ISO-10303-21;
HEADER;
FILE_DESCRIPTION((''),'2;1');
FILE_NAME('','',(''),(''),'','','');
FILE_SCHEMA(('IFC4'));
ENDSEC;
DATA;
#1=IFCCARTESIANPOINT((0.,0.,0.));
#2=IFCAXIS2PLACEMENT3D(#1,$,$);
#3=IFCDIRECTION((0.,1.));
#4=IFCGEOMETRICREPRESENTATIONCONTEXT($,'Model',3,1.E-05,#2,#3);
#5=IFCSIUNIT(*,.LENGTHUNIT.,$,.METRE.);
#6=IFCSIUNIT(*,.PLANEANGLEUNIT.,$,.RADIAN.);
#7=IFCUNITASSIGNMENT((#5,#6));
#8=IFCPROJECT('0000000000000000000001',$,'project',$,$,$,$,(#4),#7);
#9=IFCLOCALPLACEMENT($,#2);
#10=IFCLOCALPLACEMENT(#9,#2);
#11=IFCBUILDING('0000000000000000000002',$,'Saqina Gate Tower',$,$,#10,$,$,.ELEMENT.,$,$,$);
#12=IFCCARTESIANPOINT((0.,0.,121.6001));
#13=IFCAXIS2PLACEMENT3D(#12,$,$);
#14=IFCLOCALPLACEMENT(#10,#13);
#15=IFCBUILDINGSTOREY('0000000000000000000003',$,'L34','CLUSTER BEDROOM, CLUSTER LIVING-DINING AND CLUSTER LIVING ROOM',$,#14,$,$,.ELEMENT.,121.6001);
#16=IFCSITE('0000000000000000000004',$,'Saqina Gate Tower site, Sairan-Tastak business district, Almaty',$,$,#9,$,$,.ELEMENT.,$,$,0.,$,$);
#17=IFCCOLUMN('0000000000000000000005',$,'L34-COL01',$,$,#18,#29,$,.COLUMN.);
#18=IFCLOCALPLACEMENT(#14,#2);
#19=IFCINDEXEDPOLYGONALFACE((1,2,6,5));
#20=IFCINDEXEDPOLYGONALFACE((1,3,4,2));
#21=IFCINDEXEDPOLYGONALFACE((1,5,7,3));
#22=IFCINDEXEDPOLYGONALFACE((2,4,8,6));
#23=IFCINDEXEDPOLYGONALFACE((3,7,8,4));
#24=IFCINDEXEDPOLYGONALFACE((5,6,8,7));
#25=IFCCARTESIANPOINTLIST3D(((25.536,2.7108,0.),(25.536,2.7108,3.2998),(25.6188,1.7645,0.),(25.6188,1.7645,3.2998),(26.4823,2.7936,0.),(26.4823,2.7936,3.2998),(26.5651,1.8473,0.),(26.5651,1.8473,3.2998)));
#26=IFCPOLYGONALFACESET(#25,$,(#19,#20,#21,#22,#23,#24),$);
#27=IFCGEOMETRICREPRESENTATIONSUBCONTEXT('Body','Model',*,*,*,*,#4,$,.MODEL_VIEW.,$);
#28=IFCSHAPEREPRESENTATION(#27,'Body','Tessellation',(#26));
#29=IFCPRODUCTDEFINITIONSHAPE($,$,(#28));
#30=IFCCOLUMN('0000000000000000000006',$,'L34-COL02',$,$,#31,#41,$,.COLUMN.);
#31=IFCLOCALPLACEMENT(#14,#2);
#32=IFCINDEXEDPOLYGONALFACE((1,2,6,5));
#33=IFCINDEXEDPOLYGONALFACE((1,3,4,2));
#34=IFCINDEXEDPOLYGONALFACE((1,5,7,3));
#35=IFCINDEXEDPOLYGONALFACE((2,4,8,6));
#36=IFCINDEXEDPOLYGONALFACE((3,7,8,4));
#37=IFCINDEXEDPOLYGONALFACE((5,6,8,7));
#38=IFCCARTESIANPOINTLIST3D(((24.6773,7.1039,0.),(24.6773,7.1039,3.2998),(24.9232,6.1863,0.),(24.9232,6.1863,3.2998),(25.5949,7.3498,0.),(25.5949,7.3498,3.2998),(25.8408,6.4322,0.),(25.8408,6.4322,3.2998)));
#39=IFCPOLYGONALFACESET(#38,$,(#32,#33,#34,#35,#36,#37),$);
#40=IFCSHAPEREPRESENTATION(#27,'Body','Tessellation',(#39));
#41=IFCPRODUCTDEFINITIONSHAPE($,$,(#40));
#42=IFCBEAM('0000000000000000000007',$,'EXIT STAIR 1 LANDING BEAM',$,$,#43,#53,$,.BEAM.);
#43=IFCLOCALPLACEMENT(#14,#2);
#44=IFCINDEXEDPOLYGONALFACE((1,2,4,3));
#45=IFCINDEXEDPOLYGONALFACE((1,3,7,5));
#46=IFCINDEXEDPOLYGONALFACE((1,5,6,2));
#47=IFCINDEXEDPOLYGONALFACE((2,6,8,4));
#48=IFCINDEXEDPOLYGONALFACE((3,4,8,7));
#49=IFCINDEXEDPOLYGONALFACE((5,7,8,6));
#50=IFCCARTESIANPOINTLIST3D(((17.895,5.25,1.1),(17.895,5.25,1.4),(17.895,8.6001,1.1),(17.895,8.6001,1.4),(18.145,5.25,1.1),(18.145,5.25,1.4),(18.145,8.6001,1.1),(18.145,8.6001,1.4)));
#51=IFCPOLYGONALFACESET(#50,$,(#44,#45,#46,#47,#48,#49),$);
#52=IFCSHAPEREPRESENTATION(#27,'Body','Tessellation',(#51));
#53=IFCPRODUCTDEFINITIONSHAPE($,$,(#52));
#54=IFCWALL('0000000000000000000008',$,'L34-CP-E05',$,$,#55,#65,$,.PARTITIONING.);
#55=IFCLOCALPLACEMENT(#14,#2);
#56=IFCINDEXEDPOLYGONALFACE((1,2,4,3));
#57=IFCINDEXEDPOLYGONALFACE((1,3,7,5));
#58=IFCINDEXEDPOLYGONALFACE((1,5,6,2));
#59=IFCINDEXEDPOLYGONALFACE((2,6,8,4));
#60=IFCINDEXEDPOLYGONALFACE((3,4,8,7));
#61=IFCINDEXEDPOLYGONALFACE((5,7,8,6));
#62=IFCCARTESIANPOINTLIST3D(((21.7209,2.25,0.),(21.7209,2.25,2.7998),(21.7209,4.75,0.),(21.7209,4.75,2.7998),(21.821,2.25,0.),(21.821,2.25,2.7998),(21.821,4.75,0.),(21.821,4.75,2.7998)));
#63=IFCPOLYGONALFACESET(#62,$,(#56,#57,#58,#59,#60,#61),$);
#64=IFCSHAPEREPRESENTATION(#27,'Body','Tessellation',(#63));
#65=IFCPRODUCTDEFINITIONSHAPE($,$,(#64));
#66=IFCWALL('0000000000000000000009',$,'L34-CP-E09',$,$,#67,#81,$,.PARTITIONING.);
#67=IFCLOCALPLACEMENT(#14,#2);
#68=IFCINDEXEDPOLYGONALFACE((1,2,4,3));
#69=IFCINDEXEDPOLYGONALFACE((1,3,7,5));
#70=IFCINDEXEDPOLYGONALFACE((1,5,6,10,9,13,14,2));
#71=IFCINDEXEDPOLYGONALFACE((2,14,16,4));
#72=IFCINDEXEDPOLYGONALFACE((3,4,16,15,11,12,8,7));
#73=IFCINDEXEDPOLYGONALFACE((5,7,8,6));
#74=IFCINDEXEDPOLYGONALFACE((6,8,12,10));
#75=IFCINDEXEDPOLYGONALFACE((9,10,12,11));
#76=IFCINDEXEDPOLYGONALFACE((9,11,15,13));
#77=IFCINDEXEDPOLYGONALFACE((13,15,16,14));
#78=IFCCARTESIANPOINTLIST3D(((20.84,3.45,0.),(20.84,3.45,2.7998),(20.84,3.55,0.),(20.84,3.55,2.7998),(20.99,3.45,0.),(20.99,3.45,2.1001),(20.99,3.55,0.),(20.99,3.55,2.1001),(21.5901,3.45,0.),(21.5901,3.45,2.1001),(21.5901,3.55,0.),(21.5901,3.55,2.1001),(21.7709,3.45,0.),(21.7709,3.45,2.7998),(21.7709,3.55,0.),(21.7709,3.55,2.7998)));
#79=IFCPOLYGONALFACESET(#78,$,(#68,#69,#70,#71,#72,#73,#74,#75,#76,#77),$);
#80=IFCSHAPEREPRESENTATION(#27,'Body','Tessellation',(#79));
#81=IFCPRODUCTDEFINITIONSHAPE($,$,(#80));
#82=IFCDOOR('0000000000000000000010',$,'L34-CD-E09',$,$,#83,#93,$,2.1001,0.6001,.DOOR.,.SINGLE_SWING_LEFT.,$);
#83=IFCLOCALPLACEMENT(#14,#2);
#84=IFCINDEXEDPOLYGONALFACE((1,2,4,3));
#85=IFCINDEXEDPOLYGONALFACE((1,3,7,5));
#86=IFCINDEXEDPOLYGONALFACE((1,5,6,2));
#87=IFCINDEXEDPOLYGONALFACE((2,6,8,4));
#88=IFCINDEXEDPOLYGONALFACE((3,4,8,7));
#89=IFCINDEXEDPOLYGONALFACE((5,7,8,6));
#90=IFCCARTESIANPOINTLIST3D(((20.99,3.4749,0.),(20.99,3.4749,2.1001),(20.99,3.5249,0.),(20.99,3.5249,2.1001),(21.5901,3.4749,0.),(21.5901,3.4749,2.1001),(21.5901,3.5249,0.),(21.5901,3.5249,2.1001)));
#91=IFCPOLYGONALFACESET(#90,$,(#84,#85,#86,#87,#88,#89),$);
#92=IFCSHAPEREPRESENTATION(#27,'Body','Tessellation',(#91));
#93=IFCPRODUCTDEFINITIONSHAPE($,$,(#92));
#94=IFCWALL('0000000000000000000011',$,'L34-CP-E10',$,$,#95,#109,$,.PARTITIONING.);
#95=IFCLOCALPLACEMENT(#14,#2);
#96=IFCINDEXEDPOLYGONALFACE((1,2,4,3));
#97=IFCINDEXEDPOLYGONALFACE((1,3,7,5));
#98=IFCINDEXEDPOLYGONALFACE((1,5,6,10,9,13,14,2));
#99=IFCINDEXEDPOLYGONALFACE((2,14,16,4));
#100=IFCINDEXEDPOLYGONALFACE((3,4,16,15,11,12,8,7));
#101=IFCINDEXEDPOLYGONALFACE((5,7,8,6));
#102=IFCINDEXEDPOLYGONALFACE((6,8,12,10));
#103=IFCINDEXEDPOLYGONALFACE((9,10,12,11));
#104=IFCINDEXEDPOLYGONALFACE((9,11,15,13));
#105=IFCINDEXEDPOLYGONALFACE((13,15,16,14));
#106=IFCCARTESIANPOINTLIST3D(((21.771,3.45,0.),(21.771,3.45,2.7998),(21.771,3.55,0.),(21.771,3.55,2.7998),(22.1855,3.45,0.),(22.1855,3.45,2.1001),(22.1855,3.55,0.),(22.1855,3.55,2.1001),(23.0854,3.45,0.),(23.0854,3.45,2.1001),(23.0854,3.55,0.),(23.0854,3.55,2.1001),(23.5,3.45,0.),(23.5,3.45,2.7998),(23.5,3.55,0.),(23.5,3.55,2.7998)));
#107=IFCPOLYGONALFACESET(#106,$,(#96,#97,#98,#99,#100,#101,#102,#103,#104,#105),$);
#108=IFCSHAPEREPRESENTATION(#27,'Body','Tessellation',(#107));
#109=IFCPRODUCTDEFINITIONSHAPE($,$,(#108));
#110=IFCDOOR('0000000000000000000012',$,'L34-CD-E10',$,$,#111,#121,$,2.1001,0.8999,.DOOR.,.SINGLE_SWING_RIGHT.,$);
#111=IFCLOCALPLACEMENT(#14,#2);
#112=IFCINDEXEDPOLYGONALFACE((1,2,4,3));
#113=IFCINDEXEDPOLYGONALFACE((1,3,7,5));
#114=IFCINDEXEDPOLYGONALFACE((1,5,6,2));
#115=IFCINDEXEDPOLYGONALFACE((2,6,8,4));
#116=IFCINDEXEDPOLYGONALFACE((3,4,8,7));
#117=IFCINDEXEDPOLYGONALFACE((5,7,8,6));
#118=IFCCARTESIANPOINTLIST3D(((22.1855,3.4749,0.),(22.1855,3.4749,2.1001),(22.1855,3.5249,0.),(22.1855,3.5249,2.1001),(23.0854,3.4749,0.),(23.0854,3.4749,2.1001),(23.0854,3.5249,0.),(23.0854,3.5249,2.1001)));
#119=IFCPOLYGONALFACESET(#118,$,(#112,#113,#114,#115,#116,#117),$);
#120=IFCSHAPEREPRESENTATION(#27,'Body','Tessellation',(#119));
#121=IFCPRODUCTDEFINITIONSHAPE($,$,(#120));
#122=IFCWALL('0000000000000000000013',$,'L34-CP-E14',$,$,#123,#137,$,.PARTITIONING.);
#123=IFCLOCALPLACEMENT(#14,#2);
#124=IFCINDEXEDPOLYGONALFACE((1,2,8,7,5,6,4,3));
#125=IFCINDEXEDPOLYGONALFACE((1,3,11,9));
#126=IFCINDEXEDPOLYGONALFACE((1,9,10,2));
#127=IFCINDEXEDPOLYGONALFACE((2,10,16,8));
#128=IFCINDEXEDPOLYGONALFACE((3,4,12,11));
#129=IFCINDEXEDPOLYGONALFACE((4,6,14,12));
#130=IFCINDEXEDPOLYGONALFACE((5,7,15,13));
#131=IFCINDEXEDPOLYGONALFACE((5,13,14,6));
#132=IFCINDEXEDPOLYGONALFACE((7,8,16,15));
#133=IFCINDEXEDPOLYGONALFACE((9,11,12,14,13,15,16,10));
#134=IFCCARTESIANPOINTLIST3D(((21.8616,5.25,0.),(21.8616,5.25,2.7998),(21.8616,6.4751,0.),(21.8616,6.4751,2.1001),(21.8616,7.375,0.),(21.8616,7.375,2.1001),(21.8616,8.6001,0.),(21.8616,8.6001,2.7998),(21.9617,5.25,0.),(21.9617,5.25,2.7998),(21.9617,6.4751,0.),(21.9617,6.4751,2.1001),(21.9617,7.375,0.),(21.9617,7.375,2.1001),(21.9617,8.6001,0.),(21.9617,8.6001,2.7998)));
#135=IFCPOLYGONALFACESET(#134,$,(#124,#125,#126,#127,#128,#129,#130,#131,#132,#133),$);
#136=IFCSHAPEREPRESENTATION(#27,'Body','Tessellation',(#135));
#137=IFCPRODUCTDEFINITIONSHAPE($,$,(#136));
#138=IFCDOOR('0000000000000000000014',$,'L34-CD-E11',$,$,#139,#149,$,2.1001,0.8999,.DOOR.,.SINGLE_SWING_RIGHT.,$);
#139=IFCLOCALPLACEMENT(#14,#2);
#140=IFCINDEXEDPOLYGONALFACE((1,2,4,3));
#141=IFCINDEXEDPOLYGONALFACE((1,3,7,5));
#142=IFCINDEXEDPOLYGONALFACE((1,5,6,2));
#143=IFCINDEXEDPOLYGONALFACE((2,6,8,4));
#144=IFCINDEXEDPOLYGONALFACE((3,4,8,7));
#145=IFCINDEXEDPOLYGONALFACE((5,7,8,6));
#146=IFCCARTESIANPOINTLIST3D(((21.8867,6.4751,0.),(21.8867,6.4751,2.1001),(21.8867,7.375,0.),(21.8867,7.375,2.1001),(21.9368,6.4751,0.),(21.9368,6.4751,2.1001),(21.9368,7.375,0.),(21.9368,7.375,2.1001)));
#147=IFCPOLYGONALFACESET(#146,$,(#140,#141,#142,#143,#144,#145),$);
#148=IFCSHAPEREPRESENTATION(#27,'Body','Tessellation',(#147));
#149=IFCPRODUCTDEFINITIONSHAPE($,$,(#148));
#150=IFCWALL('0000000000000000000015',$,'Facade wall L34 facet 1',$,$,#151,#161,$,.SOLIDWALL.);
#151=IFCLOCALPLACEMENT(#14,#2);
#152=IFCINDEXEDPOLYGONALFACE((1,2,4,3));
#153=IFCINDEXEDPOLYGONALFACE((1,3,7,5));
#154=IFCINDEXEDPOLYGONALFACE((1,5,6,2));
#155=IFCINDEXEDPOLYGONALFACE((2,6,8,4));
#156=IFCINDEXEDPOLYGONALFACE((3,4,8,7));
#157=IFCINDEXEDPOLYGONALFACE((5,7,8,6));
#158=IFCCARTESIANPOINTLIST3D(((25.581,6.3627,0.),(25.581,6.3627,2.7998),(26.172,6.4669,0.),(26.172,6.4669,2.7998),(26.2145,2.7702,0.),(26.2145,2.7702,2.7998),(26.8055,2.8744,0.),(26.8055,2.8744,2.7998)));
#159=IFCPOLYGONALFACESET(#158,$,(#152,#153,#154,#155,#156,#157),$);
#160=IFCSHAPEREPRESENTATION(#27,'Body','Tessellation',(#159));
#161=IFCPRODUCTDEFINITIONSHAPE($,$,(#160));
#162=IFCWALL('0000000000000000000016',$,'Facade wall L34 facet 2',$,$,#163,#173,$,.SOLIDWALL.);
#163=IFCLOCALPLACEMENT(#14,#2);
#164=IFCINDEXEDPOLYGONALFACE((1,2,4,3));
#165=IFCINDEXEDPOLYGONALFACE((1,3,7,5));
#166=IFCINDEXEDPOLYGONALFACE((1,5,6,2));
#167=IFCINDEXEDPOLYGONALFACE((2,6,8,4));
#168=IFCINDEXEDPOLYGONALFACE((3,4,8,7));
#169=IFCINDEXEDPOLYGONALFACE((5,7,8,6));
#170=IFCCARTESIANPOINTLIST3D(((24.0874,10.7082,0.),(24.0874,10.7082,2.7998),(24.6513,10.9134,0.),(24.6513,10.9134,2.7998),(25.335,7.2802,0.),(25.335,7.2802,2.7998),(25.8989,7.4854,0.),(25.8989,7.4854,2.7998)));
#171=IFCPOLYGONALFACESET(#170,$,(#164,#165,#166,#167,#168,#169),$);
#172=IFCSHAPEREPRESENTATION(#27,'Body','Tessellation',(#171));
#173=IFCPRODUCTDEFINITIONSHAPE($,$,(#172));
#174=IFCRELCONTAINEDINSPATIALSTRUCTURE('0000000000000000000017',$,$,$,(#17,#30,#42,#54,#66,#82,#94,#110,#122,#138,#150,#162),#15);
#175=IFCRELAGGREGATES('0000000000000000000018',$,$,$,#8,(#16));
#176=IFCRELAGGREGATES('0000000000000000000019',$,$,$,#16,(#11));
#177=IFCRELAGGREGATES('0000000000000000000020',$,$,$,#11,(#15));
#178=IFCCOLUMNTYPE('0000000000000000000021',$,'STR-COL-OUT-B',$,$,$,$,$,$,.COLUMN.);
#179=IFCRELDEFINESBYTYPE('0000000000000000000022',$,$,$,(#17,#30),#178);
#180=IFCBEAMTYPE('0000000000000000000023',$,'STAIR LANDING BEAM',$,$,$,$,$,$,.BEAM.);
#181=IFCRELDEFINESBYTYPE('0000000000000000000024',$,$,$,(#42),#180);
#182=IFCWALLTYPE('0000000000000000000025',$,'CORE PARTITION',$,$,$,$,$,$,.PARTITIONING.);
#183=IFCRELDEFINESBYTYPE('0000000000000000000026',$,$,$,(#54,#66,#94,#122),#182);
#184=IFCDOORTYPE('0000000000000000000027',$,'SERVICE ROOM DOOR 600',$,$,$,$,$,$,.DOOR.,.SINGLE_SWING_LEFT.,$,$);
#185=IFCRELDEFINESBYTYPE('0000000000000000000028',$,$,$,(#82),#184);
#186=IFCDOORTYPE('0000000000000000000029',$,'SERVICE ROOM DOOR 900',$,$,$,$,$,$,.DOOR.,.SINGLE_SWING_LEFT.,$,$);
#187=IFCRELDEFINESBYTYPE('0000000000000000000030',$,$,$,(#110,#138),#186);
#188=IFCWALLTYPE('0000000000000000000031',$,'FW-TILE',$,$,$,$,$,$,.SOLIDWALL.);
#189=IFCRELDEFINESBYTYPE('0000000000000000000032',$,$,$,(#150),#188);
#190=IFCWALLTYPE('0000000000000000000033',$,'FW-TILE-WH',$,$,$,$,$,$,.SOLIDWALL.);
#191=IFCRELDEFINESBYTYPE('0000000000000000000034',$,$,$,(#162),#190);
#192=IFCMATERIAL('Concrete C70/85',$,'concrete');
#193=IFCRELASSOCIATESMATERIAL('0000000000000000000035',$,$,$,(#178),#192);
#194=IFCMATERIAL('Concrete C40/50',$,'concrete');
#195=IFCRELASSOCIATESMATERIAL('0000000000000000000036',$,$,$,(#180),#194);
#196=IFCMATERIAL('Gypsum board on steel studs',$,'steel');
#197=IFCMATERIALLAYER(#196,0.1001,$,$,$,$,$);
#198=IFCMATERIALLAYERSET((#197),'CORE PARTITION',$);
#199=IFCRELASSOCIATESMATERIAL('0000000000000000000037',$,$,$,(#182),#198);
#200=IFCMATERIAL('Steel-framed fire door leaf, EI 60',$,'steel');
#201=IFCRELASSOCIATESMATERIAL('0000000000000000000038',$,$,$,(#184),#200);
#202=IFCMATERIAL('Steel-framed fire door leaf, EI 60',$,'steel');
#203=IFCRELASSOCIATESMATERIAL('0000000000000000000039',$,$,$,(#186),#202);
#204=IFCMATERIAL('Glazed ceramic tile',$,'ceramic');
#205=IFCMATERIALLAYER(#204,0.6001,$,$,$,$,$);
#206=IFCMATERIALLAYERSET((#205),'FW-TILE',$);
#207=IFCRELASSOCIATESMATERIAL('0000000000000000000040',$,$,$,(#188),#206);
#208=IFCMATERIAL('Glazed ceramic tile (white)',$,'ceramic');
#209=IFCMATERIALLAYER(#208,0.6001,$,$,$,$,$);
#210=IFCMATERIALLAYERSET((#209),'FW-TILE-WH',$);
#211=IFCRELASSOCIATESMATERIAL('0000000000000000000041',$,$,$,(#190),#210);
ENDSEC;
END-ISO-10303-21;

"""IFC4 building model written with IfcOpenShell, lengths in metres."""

from ifc_helpers import new_model, si_unit, direction, frame, frame_2d, origin, origin_2d, place, context, subcontext, project, spatial, rectangle, extrude, material, layer, layer_set, material_profile, profile_set, type_object, element, fill, save


model = new_model("IFC4")

# Units and contexts
model_context = context("Model", 3, precision=1e-05, world=origin(), true_north=direction((0.0, 1.0)))
body_context = subcontext(model_context, "Body", "Model", "MODEL_VIEW")
ifc_project = project(units=[si_unit("LENGTHUNIT", "METRE"), si_unit("PLANEANGLEUNIT", "RADIAN")], contexts=[model_context])

# Site, building, storey
site_placement = place(None, origin())
site = spatial("IfcSite", under=ifc_project, at=site_placement, Name="Saqina Gate Tower site, Sairan-Tastak business district, Almaty", CompositionType="ELEMENT", RefElevation=0.0)
building_placement = place(site_placement, origin())
building = spatial("IfcBuilding", under=site, at=building_placement, Name="Saqina Gate Tower", CompositionType="ELEMENT")
storey_placement = place(building_placement, frame((0.0, 0.0, 121.6001)))
storey = spatial("IfcBuildingStorey", under=building, at=storey_placement, Name="L34", Description="CLUSTER BEDROOM, CLUSTER LIVING-DINING AND CLUSTER LIVING ROOM", CompositionType="ELEMENT", Elevation=121.6001)

# Columns
ifc_material_1 = material(Name="Concrete C70/85", Category="concrete")
ifc_material_profile_1 = material_profile(ifc_material_1, rectangle(XDim=0.95, YDim=0.95, at=origin_2d()), Name="RC 950x950")
ifc_profile_set_1 = profile_set([ifc_material_profile_1], Name="Concrete C70/85")
column_type = type_object("IfcColumnType", Name="STR-COL-OUT-B", PredefinedType="COLUMN", material=ifc_profile_set_1)
for number, where, z_axis, x_axis, name in (
    (1, (26.0505, 2.2791, 0.0), (0.0, 0.0, 1.0), (0.996195, 0.087156, 0.0), "L34-COL01"),
    (2, (25.259, 6.7681, 0.0), (0.0, 0.0, 1.0), (0.965926, 0.258819, 0.0), "L34-COL02"),
):
    element("IfcColumn", number, at=place(storey_placement, frame(where, z_axis=z_axis, x_axis=x_axis)), inside=storey, type_object=column_type, Name=name, PredefinedType="COLUMN", context=body_context, shape_type="SweptSolid", body=[
        extrude(rectangle(XDim=0.95, YDim=0.95, at=origin_2d()), origin(), (0.0, 0.0, 1.0), 3.2998),
    ])

# Beam
ifc_material_2 = material(Name="Concrete C40/50", Category="concrete")
ifc_material_profile_2 = material_profile(ifc_material_2, rectangle(XDim=0.25, YDim=0.3, at=origin_2d()), Name="STAIR LANDING BEAM")
ifc_profile_set_2 = profile_set([ifc_material_profile_2], Name="Concrete C40/50")
beam_type = type_object("IfcBeamType", Name="STAIR LANDING BEAM", PredefinedType="BEAM", material=ifc_profile_set_2)
beam_placement = place(storey_placement, frame((18.02, 5.25, 1.25), z_axis=(0.0, 1.0, 0.0), x_axis=(-1.0, 0.0, 0.0)))
element("IfcBeam", 3, at=beam_placement, inside=storey, type_object=beam_type, Name="EXIT STAIR 1 LANDING BEAM", PredefinedType="BEAM", context=body_context, shape_type="SweptSolid", body=[
    extrude(rectangle(XDim=0.25, YDim=0.3, at=origin_2d()), origin(), (0.0, 0.0, 1.0), 3.3501),
])

# Wall
ifc_material_3 = material(Name="Gypsum board on steel studs", Category="steel")
ifc_layer_1 = layer(ifc_material_3, 0.1001)
ifc_layer_set_1 = layer_set([ifc_layer_1], Name="CORE PARTITION")
wall_type_1 = type_object("IfcWallType", Name="CORE PARTITION", PredefinedType="PARTITIONING", material=ifc_layer_set_1)
wall_1_placement = place(storey_placement, frame((21.771, 2.25, 0.0), z_axis=(0.0, 0.0, 1.0), x_axis=(0.0, 1.0, 0.0)))
element("IfcWall", 4, at=wall_1_placement, inside=storey, type_object=wall_type_1, Name="L34-CP-E05", PredefinedType="PARTITIONING", context=body_context, shape_type="SweptSolid", body=[
    extrude(rectangle(XDim=2.5, YDim=0.1001, at=frame_2d((1.25, 0.0))), origin(), (0.0, 0.0, 1.0), 2.7998),
])

# Walls, openings, doors
wall_2_placement = place(storey_placement, frame((20.8401, 3.5, 0.0), z_axis=(0.0, 0.0, 1.0), x_axis=(1.0, 0.0, 0.0)))
wall_2 = element("IfcWall", 5, at=wall_2_placement, inside=storey, type_object=wall_type_1, Name="L34-CP-E09", PredefinedType="PARTITIONING", context=body_context, shape_type="SweptSolid", body=[
    extrude(rectangle(XDim=0.9309, YDim=0.1001, at=frame_2d((0.4653, 0.0))), origin(), (0.0, 0.0, 1.0), 2.7998),
])
opening_1_placement = place(wall_2_placement, frame((0.1499, 0.0, 0.0)))
opening_1 = element("IfcOpeningElement", 6, at=opening_1_placement, cuts=wall_2, PredefinedType="OPENING", context=body_context, shape_type="SweptSolid", body=[
    extrude(rectangle(XDim=0.6001, YDim=2.1001, at=frame_2d((0.3, 1.05))), frame((0.0, 0.062, 0.0), z_axis=(0.0, -1.0, 0.0), x_axis=(1.0, 0.0, 0.0)), (0.0, 0.0, 1.0), 0.124),
])
ifc_material_4 = material(Name="Steel-framed fire door leaf, EI 60", Category="steel")
door_type_1 = type_object("IfcDoorType", Name="SERVICE ROOM DOOR 600", OperationType="SINGLE_SWING_LEFT", PredefinedType="DOOR", material=ifc_material_4)
door_1_placement = place(opening_1_placement, origin())
door_1 = element("IfcDoor", 7, at=door_1_placement, inside=storey, type_object=door_type_1, Name="L34-CD-E09", OperationType="SINGLE_SWING_LEFT", OverallHeight=2.1001, OverallWidth=0.6001, PredefinedType="DOOR", context=body_context, shape_type="SweptSolid", body=[
    extrude(rectangle(XDim=0.6001, YDim=2.1001, at=frame_2d((0.3, 1.05))), frame((0.0, 0.0249, 0.0), z_axis=(0.0, -1.0, 0.0), x_axis=(1.0, 0.0, 0.0)), (0.0, 0.0, 1.0), 0.05),
])
fill(opening_1, door_1)
wall_3_placement = place(storey_placement, frame((21.771, 3.5, 0.0), z_axis=(0.0, 0.0, 1.0), x_axis=(1.0, 0.0, 0.0)))
wall_3 = element("IfcWall", 8, at=wall_3_placement, inside=storey, type_object=wall_type_1, Name="L34-CP-E10", PredefinedType="PARTITIONING", context=body_context, shape_type="SweptSolid", body=[
    extrude(rectangle(XDim=1.729, YDim=0.1001, at=frame_2d((0.8645, 0.0))), origin(), (0.0, 0.0, 1.0), 2.7998),
])
opening_2_placement = place(wall_3_placement, frame((0.4146, 0.0, 0.0)))
opening_2 = element("IfcOpeningElement", 9, at=opening_2_placement, cuts=wall_3, PredefinedType="OPENING", context=body_context, shape_type="SweptSolid", body=[
    extrude(rectangle(XDim=0.8999, YDim=2.1001, at=frame_2d((0.45, 1.05))), frame((0.0, 0.062, 0.0), z_axis=(0.0, -1.0, 0.0), x_axis=(1.0, 0.0, 0.0)), (0.0, 0.0, 1.0), 0.124),
])
ifc_material_5 = material(Name="Steel-framed fire door leaf, EI 60", Category="steel")
door_type_2 = type_object("IfcDoorType", Name="SERVICE ROOM DOOR 900", OperationType="SINGLE_SWING_LEFT", PredefinedType="DOOR", material=ifc_material_5)
door_2_placement = place(opening_2_placement, origin())
door_2 = element("IfcDoor", 10, at=door_2_placement, inside=storey, type_object=door_type_2, Name="L34-CD-E10", OperationType="SINGLE_SWING_RIGHT", OverallHeight=2.1001, OverallWidth=0.8999, PredefinedType="DOOR", context=body_context, shape_type="SweptSolid", body=[
    extrude(rectangle(XDim=0.8999, YDim=2.1001, at=frame_2d((0.45, 1.05))), frame((0.0, 0.0249, 0.0), z_axis=(0.0, -1.0, 0.0), x_axis=(1.0, 0.0, 0.0)), (0.0, 0.0, 1.0), 0.05),
])
fill(opening_2, door_2)
wall_4_placement = place(storey_placement, frame((21.9116, 5.25, 0.0), z_axis=(0.0, 0.0, 1.0), x_axis=(0.0, 1.0, 0.0)))
wall_4 = element("IfcWall", 11, at=wall_4_placement, inside=storey, type_object=wall_type_1, Name="L34-CP-E14", PredefinedType="PARTITIONING", context=body_context, shape_type="SweptSolid", body=[
    extrude(rectangle(XDim=3.3501, YDim=0.1001, at=frame_2d((1.675, 0.0))), origin(), (0.0, 0.0, 1.0), 2.7998),
])
opening_3_placement = place(wall_4_placement, frame((1.2251, 0.0, 0.0)))
opening_3 = element("IfcOpeningElement", 12, at=opening_3_placement, cuts=wall_4, PredefinedType="OPENING", context=body_context, shape_type="SweptSolid", body=[
    extrude(rectangle(XDim=0.8999, YDim=2.1001, at=frame_2d((0.45, 1.05))), frame((0.0, 0.062, 0.0), z_axis=(0.0, -1.0, 0.0), x_axis=(1.0, 0.0, 0.0)), (0.0, 0.0, 1.0), 0.124),
])
door_3_placement = place(opening_3_placement, origin())
door_3 = element("IfcDoor", 13, at=door_3_placement, inside=storey, type_object=door_type_2, Name="L34-CD-E11", OperationType="SINGLE_SWING_RIGHT", OverallHeight=2.1001, OverallWidth=0.8999, PredefinedType="DOOR", context=body_context, shape_type="SweptSolid", body=[
    extrude(rectangle(XDim=0.8999, YDim=2.1001, at=frame_2d((0.45, 1.05))), frame((0.0, 0.0249, 0.0), z_axis=(0.0, -1.0, 0.0), x_axis=(1.0, 0.0, 0.0)), (0.0, 0.0, 1.0), 0.05),
])
fill(opening_3, door_3)

# Walls
ifc_material_6 = material(Name="Glazed ceramic tile", Category="ceramic")
ifc_layer_2 = layer(ifc_material_6, 0.6001)
ifc_layer_set_2 = layer_set([ifc_layer_2], Name="FW-TILE")
wall_type_2 = type_object("IfcWallType", Name="FW-TILE", PredefinedType="SOLIDWALL", material=ifc_layer_set_2)
wall_5_placement = place(storey_placement, frame((26.51, 2.8223, 0.0), z_axis=(0.0, 0.0, 1.0), x_axis=(-0.173671, 0.984804, 0.0)))
element("IfcWall", 14, at=wall_5_placement, inside=storey, type_object=wall_type_2, Name="Facade wall L34 facet 1", PredefinedType="SOLIDWALL", context=body_context, shape_type="SweptSolid", body=[
    extrude(rectangle(XDim=3.6479, YDim=0.6001, at=frame_2d((1.824, 0.0))), origin(), (0.0, 0.0, 1.0), 2.7998),
])
ifc_material_7 = material(Name="Glazed ceramic tile (white)", Category="ceramic")
ifc_layer_3 = layer(ifc_material_7, 0.6001)
ifc_layer_set_3 = layer_set([ifc_layer_3], Name="FW-TILE-WH")
wall_type_3 = type_object("IfcWallType", Name="FW-TILE-WH", PredefinedType="SOLIDWALL", material=ifc_layer_set_3)
wall_6_placement = place(storey_placement, frame((25.6169, 7.3828, 0.0), z_axis=(0.0, 0.0, 1.0), x_axis=(-0.34199, 0.939704, 0.0)))
element("IfcWall", 15, at=wall_6_placement, inside=storey, type_object=wall_type_3, Name="Facade wall L34 facet 2", PredefinedType="SOLIDWALL", context=body_context, shape_type="SweptSolid", body=[
    extrude(rectangle(XDim=3.6479, YDim=0.6001, at=frame_2d((1.824, 0.0))), origin(), (0.0, 0.0, 1.0), 2.7998),
])

save(model, "model.ifc")
